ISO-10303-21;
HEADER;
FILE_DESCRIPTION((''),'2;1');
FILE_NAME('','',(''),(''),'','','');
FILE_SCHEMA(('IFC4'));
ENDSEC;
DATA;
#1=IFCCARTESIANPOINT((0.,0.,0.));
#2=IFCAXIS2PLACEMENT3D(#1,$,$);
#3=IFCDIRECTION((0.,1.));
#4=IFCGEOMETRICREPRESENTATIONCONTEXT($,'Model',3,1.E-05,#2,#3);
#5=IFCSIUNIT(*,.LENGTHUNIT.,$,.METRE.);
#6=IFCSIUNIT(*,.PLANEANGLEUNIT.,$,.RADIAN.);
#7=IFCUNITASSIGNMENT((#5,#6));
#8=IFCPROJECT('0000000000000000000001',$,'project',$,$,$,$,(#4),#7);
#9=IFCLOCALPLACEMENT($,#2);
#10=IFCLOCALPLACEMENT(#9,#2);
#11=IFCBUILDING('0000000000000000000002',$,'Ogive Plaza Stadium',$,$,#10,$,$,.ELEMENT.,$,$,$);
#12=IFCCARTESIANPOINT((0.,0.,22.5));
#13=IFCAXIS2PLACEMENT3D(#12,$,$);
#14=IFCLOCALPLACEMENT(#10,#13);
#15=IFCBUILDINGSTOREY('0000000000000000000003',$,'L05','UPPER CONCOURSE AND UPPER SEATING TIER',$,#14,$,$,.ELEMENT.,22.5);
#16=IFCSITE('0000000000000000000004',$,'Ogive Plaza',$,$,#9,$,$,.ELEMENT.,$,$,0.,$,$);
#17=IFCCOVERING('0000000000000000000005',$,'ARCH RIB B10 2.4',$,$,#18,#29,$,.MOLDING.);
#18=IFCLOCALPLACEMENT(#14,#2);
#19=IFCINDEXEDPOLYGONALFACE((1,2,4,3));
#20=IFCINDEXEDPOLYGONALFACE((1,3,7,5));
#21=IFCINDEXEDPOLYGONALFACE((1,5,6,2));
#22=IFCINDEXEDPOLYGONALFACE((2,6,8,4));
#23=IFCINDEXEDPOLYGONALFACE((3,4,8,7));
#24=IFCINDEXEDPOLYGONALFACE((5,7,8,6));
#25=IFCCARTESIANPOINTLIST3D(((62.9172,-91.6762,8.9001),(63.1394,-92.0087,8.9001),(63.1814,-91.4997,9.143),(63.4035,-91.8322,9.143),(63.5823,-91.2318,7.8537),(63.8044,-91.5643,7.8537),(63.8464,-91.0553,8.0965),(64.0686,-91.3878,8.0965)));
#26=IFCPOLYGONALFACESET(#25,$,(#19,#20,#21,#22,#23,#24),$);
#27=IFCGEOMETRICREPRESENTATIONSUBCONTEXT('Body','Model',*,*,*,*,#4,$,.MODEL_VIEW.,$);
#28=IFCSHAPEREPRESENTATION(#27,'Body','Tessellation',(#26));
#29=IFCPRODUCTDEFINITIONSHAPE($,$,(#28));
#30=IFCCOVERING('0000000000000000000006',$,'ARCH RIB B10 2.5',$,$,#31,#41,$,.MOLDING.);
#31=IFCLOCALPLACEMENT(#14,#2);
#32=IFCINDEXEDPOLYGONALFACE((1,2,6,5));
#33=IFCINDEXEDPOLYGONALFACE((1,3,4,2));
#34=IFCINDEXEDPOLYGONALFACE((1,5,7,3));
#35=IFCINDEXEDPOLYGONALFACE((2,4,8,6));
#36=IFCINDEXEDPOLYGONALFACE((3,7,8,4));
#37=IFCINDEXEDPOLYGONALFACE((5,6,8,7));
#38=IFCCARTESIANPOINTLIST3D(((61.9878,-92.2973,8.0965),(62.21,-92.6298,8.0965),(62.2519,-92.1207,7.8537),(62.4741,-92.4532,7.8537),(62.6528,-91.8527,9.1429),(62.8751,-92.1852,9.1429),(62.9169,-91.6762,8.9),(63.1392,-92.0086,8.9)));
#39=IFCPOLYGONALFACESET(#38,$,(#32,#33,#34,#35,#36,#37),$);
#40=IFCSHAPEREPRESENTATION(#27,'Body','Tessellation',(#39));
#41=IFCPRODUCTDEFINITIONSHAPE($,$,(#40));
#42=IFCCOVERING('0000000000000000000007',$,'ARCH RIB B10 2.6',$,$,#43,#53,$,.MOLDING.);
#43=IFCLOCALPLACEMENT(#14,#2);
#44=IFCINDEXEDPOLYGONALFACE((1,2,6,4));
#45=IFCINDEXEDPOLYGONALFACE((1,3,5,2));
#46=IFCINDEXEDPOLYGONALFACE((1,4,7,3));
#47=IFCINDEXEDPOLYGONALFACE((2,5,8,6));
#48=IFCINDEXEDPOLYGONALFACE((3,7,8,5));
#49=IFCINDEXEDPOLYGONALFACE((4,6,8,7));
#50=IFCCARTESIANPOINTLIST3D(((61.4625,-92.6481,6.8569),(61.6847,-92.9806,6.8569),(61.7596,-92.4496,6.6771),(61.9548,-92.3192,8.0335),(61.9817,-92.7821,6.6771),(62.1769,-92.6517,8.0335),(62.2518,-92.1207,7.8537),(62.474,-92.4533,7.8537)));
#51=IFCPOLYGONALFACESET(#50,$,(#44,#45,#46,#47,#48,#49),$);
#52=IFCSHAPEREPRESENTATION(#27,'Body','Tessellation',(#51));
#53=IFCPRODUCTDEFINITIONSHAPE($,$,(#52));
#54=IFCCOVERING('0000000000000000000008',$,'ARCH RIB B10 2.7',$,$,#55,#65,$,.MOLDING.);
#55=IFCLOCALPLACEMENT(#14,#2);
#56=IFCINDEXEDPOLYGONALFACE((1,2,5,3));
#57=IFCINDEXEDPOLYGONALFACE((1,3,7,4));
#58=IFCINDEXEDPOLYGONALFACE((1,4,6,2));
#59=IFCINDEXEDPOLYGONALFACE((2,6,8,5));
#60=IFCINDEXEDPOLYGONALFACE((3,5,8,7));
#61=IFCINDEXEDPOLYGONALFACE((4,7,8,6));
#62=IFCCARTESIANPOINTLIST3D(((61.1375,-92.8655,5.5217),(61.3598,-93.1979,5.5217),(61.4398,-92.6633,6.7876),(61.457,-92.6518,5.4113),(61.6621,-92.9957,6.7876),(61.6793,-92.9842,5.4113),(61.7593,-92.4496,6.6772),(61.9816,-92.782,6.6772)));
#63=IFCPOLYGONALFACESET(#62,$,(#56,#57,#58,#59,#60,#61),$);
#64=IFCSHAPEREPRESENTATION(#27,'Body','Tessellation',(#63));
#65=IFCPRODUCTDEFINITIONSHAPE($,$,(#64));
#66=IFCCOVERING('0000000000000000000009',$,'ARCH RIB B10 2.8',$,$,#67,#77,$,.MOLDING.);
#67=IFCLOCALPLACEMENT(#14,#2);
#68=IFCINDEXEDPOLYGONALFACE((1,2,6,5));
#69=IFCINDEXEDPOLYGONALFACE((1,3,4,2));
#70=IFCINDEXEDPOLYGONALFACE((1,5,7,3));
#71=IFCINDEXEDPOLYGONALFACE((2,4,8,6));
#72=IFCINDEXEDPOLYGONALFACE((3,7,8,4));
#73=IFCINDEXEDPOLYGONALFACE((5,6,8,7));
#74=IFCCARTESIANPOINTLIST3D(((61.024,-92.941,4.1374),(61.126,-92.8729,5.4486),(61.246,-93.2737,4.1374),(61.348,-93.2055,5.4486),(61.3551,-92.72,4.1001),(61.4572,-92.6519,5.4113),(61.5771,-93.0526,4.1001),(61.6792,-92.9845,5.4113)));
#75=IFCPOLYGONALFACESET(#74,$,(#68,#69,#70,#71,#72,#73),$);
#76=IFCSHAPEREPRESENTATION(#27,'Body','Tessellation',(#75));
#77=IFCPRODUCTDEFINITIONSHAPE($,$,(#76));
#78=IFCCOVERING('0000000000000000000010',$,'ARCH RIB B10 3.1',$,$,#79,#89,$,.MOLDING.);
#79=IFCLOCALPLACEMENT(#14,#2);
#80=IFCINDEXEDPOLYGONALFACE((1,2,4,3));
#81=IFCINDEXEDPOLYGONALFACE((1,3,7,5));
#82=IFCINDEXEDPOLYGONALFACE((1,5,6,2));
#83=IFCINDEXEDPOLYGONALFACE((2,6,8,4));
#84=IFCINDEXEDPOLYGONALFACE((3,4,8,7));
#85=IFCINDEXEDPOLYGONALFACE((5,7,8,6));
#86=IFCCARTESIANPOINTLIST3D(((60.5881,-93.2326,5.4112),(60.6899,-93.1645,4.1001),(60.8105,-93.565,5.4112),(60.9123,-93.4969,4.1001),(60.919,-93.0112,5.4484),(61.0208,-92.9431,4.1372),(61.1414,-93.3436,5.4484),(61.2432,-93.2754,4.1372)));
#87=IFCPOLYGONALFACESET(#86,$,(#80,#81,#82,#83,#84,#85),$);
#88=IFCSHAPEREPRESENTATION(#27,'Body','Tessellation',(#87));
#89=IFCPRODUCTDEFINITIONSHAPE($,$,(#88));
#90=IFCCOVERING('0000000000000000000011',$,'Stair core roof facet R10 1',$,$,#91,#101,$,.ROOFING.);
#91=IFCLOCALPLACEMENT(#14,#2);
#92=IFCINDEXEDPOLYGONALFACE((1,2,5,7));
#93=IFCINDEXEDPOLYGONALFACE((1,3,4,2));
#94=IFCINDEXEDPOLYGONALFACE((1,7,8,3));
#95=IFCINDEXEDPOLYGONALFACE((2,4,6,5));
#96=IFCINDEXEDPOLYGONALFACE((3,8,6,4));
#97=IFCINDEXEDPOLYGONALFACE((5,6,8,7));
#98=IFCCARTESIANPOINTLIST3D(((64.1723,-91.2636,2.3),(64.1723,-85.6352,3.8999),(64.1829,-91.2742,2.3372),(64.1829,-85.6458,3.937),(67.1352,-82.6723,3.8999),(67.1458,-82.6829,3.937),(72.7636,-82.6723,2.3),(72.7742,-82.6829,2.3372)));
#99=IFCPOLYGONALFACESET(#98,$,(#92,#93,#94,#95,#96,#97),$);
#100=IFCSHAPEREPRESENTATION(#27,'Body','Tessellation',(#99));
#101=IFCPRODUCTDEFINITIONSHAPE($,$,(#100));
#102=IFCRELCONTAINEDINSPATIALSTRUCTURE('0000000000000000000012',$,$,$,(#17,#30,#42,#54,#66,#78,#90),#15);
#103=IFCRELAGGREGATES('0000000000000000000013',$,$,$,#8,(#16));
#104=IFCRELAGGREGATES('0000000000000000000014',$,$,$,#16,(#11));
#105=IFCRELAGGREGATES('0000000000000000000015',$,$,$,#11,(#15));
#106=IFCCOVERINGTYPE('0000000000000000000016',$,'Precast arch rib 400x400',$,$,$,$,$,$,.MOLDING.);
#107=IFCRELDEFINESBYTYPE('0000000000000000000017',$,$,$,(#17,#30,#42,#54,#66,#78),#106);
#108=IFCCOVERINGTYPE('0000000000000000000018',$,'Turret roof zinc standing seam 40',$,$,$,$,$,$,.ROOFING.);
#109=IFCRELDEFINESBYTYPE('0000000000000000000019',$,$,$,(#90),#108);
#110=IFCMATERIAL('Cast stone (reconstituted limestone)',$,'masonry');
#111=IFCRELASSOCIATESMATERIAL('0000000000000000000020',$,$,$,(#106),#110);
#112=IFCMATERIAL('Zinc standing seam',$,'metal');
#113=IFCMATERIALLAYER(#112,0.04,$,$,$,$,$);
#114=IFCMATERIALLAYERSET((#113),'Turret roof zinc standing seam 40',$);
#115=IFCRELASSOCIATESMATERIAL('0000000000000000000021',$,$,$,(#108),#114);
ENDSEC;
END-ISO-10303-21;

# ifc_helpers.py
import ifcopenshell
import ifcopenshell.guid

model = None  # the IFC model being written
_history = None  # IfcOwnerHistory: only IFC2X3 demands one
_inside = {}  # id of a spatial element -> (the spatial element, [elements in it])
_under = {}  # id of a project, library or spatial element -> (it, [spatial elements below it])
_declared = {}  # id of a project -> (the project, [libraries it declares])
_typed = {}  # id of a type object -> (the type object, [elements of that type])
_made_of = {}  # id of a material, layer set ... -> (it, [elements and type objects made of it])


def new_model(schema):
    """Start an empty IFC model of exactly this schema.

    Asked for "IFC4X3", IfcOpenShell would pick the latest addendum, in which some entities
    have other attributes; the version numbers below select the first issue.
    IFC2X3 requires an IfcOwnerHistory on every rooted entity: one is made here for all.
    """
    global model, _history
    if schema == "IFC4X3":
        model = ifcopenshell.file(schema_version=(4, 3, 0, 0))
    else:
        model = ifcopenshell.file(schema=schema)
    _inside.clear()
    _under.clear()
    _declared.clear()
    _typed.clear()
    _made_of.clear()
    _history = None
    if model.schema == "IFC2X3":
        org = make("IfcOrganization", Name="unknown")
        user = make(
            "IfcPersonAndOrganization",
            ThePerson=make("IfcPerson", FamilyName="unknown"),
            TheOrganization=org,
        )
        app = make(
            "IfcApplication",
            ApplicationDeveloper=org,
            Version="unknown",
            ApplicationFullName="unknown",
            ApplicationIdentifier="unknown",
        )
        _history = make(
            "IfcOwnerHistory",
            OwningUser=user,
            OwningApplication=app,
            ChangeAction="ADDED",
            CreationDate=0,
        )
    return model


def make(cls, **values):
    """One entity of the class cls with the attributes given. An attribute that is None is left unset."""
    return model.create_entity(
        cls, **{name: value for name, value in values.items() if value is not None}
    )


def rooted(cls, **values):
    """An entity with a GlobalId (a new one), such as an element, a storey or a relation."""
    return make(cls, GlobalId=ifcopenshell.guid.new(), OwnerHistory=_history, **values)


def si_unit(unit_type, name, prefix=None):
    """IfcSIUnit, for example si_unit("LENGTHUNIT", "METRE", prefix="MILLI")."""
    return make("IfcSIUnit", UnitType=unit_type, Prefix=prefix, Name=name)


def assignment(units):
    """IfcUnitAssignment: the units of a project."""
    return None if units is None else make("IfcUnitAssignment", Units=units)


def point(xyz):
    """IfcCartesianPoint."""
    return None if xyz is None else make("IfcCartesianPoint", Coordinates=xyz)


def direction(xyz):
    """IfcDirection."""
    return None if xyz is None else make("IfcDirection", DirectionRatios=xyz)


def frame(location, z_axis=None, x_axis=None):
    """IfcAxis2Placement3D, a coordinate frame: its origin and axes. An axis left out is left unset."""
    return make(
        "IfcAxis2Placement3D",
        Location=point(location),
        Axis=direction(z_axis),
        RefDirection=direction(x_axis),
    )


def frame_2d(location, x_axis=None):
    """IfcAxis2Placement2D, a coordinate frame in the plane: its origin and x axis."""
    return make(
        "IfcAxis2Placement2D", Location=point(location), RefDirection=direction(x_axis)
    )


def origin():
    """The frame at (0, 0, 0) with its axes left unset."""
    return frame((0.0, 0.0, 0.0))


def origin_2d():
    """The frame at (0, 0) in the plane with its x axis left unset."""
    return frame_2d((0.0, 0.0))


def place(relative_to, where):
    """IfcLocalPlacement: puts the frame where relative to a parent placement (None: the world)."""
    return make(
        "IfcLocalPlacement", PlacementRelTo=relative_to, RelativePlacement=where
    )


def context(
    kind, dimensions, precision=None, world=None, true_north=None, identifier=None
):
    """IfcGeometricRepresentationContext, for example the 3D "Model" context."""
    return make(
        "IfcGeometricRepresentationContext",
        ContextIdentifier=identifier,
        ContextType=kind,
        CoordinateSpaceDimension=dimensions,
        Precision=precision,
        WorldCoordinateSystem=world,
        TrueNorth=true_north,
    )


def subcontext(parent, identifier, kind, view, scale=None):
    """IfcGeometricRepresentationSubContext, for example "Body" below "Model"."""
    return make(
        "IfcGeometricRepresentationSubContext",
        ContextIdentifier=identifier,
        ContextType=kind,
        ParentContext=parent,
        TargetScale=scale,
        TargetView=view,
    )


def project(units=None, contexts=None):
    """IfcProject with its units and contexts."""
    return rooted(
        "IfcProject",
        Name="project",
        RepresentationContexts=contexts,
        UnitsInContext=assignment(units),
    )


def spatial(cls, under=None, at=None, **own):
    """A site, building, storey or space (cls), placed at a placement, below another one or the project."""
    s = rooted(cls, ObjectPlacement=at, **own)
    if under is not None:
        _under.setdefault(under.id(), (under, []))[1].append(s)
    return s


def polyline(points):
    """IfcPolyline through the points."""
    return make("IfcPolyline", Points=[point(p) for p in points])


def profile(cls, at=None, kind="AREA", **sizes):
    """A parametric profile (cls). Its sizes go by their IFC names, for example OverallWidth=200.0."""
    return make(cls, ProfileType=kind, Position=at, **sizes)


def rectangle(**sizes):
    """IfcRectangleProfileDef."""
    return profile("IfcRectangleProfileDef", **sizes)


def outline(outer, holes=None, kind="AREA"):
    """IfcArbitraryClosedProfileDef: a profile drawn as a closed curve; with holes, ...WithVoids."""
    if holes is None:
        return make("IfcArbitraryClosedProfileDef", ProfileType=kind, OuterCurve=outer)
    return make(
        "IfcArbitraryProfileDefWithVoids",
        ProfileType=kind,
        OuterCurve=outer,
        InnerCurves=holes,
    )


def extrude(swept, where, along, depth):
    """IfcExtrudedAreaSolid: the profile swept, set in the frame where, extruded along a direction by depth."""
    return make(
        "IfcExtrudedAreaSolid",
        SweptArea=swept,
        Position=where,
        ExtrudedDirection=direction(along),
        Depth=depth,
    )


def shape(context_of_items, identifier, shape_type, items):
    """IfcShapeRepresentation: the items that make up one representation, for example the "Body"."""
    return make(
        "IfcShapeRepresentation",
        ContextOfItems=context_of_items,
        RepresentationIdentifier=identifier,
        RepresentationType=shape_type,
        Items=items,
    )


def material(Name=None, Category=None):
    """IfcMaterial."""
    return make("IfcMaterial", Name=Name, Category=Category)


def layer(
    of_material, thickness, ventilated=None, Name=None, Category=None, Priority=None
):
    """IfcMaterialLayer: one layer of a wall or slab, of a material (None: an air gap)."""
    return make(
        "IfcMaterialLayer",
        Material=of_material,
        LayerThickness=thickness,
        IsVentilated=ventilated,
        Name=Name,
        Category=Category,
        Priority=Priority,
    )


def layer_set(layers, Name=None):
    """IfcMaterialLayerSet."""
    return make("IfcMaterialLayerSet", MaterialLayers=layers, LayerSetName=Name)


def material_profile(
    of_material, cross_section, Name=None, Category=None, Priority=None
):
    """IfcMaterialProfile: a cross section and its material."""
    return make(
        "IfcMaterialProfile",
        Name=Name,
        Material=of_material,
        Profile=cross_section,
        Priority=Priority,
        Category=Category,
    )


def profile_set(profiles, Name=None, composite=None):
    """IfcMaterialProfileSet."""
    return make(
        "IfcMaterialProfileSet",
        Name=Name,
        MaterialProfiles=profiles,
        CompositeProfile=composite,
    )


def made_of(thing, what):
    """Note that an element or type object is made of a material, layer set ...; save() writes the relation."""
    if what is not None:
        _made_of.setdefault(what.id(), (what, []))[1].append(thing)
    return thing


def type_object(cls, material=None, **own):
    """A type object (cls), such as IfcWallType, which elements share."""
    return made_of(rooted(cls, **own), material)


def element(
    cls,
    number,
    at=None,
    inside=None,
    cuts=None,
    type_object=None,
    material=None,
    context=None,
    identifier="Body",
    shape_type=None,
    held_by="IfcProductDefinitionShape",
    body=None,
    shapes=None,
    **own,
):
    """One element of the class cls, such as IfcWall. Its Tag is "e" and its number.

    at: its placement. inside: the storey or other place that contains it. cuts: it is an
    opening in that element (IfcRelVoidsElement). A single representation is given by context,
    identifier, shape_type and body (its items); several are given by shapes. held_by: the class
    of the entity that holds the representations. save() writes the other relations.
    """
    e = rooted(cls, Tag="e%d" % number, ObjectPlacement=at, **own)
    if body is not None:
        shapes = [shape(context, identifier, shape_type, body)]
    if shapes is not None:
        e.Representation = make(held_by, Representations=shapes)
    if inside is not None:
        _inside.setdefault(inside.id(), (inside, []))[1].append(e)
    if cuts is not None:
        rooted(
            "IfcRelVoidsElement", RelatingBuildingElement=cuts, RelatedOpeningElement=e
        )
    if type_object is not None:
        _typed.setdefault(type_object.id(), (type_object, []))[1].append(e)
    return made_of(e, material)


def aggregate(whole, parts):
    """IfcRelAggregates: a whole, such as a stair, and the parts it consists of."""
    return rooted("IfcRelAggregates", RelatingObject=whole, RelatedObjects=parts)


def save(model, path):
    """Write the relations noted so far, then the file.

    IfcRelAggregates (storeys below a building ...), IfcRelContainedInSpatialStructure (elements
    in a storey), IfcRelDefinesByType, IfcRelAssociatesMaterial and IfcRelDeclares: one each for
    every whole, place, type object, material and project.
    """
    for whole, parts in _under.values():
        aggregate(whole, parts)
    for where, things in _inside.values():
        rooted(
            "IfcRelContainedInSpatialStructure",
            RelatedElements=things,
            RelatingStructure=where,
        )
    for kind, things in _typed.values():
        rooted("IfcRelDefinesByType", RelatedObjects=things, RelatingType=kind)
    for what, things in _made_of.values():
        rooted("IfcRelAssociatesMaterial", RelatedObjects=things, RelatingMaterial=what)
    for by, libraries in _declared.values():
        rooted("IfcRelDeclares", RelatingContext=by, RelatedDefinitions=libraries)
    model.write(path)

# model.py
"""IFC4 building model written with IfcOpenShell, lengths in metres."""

from ifc_helpers import new_model, si_unit, direction, frame, origin, origin_2d, place, context, subcontext, project, spatial, polyline, rectangle, outline, extrude, material, layer, layer_set, material_profile, profile_set, type_object, element, save


model = new_model("IFC4")

# Units and contexts
model_context = context("Model", 3, precision=1e-05, world=origin(), true_north=direction((0.0, 1.0)))
body_context = subcontext(model_context, "Body", "Model", "MODEL_VIEW")
ifc_project = project(units=[si_unit("LENGTHUNIT", "METRE"), si_unit("PLANEANGLEUNIT", "RADIAN")], contexts=[model_context])

# Site, building, storey
site_placement = place(None, origin())
site = spatial("IfcSite", under=ifc_project, at=site_placement, Name="Ogive Plaza", CompositionType="ELEMENT", RefElevation=0.0)
building_placement = place(site_placement, origin())
building = spatial("IfcBuilding", under=site, at=building_placement, Name="Ogive Plaza Stadium", CompositionType="ELEMENT")
storey_placement = place(building_placement, frame((0.0, 0.0, 22.5)))
storey = spatial("IfcBuildingStorey", under=building, at=storey_placement, Name="L05", Description="UPPER CONCOURSE AND UPPER SEATING TIER", CompositionType="ELEMENT", Elevation=22.5)

# Coverings
ifc_material_1 = material(Name="Cast stone (reconstituted limestone)", Category="masonry")
ifc_material_profile_1 = material_profile(ifc_material_1, rectangle(XDim=0.3999, YDim=0.3999, at=origin_2d()), Name="Cast stone 400x400")
ifc_profile_set_1 = profile_set([ifc_material_profile_1], Name="Cast stone (reconstituted limestone)")
covering_type_1 = type_object("IfcCoveringType", Name="Precast arch rib 400x400", PredefinedType="MOLDING", material=ifc_profile_set_1)
for number, where, z_axis, x_axis, name in (
    (1, (63.8254, -91.3098, 7.9751), (-0.504944, -0.337371, 0.794489), (0.555545, -0.831486, 0.0), "ARCH RIB B10 2.4"),
    (2, (62.896, -91.9307, 9.0215), (-0.504912, -0.337535, -0.794439), (0.555756, -0.831345, 0.0), "ARCH RIB B10 2.5"),
    (3, (62.2144, -92.3862, 7.9436), (-0.373709, -0.249695, -0.893305), (0.555557, -0.831479, 0.0), "ARCH RIB B10 2.6"),
    (4, (61.7107, -92.7227, 6.7324), (-0.229486, -0.153485, -0.961134), (0.555939, -0.831223, 0.0), "ARCH RIB B10 2.7"),
):
    element("IfcCovering", number, at=place(storey_placement, frame(where, z_axis=z_axis, x_axis=x_axis)), inside=storey, type_object=covering_type_1, Name=name, PredefinedType="MOLDING", context=body_context, shape_type="SweptSolid", body=[
        extrude(rectangle(XDim=0.3999, YDim=0.3999, at=origin_2d()), origin(), (0.0, 0.0, 1.0), 1.3171),
    ])
for number, where, z_axis, x_axis, name in (
    (5, (61.4026, -92.9287, 5.4299), (-0.077487, -0.05172, -0.995651), (0.555159, -0.831744, 0.0), "ARCH RIB B10 2.8"),
    (6, (60.9666, -93.22, 4.1187), (-0.077303, -0.05172, 0.995665), (0.556079, -0.831129, 0.0), "ARCH RIB B10 3.1"),
):
    element("IfcCovering", number, at=place(storey_placement, frame(where, z_axis=z_axis, x_axis=x_axis)), inside=storey, type_object=covering_type_1, Name=name, PredefinedType="MOLDING", context=body_context, shape_type="SweptSolid", body=[
        extrude(rectangle(XDim=0.3999, YDim=0.3999, at=origin_2d()), origin(), (0.0, 0.0, 1.0), 1.3169),
    ])
ifc_material_2 = material(Name="Zinc standing seam", Category="metal")
ifc_layer_1 = layer(ifc_material_2, 0.04)
ifc_layer_set_1 = layer_set([ifc_layer_1], Name="Turret roof zinc standing seam 40")
covering_type_2 = type_object("IfcCoveringType", Name="Turret roof zinc standing seam 40", PredefinedType="ROOFING", material=ifc_layer_set_1)
covering_placement = place(storey_placement, frame((64.1829, -91.2742, 2.3372), z_axis=(0.263735, -0.263735, 0.927841), x_axis=(0.707107, 0.707107, 0.0)))
element("IfcCovering", 7, at=covering_placement, inside=storey, type_object=covering_type_2, Name="Stair core roof facet R10 1", PredefinedType="ROOFING", context=body_context, shape_type="SweptSolid", body=[
    extrude(outline(polyline([(0.0, 0.0), (12.1499, 0.0), (8.1701, 4.2894), (3.9799, 4.2894), (0.0, 0.0)])), origin(), (0.0, 0.0, -1.0), 0.04),
])

save(model, "model.ifc")
